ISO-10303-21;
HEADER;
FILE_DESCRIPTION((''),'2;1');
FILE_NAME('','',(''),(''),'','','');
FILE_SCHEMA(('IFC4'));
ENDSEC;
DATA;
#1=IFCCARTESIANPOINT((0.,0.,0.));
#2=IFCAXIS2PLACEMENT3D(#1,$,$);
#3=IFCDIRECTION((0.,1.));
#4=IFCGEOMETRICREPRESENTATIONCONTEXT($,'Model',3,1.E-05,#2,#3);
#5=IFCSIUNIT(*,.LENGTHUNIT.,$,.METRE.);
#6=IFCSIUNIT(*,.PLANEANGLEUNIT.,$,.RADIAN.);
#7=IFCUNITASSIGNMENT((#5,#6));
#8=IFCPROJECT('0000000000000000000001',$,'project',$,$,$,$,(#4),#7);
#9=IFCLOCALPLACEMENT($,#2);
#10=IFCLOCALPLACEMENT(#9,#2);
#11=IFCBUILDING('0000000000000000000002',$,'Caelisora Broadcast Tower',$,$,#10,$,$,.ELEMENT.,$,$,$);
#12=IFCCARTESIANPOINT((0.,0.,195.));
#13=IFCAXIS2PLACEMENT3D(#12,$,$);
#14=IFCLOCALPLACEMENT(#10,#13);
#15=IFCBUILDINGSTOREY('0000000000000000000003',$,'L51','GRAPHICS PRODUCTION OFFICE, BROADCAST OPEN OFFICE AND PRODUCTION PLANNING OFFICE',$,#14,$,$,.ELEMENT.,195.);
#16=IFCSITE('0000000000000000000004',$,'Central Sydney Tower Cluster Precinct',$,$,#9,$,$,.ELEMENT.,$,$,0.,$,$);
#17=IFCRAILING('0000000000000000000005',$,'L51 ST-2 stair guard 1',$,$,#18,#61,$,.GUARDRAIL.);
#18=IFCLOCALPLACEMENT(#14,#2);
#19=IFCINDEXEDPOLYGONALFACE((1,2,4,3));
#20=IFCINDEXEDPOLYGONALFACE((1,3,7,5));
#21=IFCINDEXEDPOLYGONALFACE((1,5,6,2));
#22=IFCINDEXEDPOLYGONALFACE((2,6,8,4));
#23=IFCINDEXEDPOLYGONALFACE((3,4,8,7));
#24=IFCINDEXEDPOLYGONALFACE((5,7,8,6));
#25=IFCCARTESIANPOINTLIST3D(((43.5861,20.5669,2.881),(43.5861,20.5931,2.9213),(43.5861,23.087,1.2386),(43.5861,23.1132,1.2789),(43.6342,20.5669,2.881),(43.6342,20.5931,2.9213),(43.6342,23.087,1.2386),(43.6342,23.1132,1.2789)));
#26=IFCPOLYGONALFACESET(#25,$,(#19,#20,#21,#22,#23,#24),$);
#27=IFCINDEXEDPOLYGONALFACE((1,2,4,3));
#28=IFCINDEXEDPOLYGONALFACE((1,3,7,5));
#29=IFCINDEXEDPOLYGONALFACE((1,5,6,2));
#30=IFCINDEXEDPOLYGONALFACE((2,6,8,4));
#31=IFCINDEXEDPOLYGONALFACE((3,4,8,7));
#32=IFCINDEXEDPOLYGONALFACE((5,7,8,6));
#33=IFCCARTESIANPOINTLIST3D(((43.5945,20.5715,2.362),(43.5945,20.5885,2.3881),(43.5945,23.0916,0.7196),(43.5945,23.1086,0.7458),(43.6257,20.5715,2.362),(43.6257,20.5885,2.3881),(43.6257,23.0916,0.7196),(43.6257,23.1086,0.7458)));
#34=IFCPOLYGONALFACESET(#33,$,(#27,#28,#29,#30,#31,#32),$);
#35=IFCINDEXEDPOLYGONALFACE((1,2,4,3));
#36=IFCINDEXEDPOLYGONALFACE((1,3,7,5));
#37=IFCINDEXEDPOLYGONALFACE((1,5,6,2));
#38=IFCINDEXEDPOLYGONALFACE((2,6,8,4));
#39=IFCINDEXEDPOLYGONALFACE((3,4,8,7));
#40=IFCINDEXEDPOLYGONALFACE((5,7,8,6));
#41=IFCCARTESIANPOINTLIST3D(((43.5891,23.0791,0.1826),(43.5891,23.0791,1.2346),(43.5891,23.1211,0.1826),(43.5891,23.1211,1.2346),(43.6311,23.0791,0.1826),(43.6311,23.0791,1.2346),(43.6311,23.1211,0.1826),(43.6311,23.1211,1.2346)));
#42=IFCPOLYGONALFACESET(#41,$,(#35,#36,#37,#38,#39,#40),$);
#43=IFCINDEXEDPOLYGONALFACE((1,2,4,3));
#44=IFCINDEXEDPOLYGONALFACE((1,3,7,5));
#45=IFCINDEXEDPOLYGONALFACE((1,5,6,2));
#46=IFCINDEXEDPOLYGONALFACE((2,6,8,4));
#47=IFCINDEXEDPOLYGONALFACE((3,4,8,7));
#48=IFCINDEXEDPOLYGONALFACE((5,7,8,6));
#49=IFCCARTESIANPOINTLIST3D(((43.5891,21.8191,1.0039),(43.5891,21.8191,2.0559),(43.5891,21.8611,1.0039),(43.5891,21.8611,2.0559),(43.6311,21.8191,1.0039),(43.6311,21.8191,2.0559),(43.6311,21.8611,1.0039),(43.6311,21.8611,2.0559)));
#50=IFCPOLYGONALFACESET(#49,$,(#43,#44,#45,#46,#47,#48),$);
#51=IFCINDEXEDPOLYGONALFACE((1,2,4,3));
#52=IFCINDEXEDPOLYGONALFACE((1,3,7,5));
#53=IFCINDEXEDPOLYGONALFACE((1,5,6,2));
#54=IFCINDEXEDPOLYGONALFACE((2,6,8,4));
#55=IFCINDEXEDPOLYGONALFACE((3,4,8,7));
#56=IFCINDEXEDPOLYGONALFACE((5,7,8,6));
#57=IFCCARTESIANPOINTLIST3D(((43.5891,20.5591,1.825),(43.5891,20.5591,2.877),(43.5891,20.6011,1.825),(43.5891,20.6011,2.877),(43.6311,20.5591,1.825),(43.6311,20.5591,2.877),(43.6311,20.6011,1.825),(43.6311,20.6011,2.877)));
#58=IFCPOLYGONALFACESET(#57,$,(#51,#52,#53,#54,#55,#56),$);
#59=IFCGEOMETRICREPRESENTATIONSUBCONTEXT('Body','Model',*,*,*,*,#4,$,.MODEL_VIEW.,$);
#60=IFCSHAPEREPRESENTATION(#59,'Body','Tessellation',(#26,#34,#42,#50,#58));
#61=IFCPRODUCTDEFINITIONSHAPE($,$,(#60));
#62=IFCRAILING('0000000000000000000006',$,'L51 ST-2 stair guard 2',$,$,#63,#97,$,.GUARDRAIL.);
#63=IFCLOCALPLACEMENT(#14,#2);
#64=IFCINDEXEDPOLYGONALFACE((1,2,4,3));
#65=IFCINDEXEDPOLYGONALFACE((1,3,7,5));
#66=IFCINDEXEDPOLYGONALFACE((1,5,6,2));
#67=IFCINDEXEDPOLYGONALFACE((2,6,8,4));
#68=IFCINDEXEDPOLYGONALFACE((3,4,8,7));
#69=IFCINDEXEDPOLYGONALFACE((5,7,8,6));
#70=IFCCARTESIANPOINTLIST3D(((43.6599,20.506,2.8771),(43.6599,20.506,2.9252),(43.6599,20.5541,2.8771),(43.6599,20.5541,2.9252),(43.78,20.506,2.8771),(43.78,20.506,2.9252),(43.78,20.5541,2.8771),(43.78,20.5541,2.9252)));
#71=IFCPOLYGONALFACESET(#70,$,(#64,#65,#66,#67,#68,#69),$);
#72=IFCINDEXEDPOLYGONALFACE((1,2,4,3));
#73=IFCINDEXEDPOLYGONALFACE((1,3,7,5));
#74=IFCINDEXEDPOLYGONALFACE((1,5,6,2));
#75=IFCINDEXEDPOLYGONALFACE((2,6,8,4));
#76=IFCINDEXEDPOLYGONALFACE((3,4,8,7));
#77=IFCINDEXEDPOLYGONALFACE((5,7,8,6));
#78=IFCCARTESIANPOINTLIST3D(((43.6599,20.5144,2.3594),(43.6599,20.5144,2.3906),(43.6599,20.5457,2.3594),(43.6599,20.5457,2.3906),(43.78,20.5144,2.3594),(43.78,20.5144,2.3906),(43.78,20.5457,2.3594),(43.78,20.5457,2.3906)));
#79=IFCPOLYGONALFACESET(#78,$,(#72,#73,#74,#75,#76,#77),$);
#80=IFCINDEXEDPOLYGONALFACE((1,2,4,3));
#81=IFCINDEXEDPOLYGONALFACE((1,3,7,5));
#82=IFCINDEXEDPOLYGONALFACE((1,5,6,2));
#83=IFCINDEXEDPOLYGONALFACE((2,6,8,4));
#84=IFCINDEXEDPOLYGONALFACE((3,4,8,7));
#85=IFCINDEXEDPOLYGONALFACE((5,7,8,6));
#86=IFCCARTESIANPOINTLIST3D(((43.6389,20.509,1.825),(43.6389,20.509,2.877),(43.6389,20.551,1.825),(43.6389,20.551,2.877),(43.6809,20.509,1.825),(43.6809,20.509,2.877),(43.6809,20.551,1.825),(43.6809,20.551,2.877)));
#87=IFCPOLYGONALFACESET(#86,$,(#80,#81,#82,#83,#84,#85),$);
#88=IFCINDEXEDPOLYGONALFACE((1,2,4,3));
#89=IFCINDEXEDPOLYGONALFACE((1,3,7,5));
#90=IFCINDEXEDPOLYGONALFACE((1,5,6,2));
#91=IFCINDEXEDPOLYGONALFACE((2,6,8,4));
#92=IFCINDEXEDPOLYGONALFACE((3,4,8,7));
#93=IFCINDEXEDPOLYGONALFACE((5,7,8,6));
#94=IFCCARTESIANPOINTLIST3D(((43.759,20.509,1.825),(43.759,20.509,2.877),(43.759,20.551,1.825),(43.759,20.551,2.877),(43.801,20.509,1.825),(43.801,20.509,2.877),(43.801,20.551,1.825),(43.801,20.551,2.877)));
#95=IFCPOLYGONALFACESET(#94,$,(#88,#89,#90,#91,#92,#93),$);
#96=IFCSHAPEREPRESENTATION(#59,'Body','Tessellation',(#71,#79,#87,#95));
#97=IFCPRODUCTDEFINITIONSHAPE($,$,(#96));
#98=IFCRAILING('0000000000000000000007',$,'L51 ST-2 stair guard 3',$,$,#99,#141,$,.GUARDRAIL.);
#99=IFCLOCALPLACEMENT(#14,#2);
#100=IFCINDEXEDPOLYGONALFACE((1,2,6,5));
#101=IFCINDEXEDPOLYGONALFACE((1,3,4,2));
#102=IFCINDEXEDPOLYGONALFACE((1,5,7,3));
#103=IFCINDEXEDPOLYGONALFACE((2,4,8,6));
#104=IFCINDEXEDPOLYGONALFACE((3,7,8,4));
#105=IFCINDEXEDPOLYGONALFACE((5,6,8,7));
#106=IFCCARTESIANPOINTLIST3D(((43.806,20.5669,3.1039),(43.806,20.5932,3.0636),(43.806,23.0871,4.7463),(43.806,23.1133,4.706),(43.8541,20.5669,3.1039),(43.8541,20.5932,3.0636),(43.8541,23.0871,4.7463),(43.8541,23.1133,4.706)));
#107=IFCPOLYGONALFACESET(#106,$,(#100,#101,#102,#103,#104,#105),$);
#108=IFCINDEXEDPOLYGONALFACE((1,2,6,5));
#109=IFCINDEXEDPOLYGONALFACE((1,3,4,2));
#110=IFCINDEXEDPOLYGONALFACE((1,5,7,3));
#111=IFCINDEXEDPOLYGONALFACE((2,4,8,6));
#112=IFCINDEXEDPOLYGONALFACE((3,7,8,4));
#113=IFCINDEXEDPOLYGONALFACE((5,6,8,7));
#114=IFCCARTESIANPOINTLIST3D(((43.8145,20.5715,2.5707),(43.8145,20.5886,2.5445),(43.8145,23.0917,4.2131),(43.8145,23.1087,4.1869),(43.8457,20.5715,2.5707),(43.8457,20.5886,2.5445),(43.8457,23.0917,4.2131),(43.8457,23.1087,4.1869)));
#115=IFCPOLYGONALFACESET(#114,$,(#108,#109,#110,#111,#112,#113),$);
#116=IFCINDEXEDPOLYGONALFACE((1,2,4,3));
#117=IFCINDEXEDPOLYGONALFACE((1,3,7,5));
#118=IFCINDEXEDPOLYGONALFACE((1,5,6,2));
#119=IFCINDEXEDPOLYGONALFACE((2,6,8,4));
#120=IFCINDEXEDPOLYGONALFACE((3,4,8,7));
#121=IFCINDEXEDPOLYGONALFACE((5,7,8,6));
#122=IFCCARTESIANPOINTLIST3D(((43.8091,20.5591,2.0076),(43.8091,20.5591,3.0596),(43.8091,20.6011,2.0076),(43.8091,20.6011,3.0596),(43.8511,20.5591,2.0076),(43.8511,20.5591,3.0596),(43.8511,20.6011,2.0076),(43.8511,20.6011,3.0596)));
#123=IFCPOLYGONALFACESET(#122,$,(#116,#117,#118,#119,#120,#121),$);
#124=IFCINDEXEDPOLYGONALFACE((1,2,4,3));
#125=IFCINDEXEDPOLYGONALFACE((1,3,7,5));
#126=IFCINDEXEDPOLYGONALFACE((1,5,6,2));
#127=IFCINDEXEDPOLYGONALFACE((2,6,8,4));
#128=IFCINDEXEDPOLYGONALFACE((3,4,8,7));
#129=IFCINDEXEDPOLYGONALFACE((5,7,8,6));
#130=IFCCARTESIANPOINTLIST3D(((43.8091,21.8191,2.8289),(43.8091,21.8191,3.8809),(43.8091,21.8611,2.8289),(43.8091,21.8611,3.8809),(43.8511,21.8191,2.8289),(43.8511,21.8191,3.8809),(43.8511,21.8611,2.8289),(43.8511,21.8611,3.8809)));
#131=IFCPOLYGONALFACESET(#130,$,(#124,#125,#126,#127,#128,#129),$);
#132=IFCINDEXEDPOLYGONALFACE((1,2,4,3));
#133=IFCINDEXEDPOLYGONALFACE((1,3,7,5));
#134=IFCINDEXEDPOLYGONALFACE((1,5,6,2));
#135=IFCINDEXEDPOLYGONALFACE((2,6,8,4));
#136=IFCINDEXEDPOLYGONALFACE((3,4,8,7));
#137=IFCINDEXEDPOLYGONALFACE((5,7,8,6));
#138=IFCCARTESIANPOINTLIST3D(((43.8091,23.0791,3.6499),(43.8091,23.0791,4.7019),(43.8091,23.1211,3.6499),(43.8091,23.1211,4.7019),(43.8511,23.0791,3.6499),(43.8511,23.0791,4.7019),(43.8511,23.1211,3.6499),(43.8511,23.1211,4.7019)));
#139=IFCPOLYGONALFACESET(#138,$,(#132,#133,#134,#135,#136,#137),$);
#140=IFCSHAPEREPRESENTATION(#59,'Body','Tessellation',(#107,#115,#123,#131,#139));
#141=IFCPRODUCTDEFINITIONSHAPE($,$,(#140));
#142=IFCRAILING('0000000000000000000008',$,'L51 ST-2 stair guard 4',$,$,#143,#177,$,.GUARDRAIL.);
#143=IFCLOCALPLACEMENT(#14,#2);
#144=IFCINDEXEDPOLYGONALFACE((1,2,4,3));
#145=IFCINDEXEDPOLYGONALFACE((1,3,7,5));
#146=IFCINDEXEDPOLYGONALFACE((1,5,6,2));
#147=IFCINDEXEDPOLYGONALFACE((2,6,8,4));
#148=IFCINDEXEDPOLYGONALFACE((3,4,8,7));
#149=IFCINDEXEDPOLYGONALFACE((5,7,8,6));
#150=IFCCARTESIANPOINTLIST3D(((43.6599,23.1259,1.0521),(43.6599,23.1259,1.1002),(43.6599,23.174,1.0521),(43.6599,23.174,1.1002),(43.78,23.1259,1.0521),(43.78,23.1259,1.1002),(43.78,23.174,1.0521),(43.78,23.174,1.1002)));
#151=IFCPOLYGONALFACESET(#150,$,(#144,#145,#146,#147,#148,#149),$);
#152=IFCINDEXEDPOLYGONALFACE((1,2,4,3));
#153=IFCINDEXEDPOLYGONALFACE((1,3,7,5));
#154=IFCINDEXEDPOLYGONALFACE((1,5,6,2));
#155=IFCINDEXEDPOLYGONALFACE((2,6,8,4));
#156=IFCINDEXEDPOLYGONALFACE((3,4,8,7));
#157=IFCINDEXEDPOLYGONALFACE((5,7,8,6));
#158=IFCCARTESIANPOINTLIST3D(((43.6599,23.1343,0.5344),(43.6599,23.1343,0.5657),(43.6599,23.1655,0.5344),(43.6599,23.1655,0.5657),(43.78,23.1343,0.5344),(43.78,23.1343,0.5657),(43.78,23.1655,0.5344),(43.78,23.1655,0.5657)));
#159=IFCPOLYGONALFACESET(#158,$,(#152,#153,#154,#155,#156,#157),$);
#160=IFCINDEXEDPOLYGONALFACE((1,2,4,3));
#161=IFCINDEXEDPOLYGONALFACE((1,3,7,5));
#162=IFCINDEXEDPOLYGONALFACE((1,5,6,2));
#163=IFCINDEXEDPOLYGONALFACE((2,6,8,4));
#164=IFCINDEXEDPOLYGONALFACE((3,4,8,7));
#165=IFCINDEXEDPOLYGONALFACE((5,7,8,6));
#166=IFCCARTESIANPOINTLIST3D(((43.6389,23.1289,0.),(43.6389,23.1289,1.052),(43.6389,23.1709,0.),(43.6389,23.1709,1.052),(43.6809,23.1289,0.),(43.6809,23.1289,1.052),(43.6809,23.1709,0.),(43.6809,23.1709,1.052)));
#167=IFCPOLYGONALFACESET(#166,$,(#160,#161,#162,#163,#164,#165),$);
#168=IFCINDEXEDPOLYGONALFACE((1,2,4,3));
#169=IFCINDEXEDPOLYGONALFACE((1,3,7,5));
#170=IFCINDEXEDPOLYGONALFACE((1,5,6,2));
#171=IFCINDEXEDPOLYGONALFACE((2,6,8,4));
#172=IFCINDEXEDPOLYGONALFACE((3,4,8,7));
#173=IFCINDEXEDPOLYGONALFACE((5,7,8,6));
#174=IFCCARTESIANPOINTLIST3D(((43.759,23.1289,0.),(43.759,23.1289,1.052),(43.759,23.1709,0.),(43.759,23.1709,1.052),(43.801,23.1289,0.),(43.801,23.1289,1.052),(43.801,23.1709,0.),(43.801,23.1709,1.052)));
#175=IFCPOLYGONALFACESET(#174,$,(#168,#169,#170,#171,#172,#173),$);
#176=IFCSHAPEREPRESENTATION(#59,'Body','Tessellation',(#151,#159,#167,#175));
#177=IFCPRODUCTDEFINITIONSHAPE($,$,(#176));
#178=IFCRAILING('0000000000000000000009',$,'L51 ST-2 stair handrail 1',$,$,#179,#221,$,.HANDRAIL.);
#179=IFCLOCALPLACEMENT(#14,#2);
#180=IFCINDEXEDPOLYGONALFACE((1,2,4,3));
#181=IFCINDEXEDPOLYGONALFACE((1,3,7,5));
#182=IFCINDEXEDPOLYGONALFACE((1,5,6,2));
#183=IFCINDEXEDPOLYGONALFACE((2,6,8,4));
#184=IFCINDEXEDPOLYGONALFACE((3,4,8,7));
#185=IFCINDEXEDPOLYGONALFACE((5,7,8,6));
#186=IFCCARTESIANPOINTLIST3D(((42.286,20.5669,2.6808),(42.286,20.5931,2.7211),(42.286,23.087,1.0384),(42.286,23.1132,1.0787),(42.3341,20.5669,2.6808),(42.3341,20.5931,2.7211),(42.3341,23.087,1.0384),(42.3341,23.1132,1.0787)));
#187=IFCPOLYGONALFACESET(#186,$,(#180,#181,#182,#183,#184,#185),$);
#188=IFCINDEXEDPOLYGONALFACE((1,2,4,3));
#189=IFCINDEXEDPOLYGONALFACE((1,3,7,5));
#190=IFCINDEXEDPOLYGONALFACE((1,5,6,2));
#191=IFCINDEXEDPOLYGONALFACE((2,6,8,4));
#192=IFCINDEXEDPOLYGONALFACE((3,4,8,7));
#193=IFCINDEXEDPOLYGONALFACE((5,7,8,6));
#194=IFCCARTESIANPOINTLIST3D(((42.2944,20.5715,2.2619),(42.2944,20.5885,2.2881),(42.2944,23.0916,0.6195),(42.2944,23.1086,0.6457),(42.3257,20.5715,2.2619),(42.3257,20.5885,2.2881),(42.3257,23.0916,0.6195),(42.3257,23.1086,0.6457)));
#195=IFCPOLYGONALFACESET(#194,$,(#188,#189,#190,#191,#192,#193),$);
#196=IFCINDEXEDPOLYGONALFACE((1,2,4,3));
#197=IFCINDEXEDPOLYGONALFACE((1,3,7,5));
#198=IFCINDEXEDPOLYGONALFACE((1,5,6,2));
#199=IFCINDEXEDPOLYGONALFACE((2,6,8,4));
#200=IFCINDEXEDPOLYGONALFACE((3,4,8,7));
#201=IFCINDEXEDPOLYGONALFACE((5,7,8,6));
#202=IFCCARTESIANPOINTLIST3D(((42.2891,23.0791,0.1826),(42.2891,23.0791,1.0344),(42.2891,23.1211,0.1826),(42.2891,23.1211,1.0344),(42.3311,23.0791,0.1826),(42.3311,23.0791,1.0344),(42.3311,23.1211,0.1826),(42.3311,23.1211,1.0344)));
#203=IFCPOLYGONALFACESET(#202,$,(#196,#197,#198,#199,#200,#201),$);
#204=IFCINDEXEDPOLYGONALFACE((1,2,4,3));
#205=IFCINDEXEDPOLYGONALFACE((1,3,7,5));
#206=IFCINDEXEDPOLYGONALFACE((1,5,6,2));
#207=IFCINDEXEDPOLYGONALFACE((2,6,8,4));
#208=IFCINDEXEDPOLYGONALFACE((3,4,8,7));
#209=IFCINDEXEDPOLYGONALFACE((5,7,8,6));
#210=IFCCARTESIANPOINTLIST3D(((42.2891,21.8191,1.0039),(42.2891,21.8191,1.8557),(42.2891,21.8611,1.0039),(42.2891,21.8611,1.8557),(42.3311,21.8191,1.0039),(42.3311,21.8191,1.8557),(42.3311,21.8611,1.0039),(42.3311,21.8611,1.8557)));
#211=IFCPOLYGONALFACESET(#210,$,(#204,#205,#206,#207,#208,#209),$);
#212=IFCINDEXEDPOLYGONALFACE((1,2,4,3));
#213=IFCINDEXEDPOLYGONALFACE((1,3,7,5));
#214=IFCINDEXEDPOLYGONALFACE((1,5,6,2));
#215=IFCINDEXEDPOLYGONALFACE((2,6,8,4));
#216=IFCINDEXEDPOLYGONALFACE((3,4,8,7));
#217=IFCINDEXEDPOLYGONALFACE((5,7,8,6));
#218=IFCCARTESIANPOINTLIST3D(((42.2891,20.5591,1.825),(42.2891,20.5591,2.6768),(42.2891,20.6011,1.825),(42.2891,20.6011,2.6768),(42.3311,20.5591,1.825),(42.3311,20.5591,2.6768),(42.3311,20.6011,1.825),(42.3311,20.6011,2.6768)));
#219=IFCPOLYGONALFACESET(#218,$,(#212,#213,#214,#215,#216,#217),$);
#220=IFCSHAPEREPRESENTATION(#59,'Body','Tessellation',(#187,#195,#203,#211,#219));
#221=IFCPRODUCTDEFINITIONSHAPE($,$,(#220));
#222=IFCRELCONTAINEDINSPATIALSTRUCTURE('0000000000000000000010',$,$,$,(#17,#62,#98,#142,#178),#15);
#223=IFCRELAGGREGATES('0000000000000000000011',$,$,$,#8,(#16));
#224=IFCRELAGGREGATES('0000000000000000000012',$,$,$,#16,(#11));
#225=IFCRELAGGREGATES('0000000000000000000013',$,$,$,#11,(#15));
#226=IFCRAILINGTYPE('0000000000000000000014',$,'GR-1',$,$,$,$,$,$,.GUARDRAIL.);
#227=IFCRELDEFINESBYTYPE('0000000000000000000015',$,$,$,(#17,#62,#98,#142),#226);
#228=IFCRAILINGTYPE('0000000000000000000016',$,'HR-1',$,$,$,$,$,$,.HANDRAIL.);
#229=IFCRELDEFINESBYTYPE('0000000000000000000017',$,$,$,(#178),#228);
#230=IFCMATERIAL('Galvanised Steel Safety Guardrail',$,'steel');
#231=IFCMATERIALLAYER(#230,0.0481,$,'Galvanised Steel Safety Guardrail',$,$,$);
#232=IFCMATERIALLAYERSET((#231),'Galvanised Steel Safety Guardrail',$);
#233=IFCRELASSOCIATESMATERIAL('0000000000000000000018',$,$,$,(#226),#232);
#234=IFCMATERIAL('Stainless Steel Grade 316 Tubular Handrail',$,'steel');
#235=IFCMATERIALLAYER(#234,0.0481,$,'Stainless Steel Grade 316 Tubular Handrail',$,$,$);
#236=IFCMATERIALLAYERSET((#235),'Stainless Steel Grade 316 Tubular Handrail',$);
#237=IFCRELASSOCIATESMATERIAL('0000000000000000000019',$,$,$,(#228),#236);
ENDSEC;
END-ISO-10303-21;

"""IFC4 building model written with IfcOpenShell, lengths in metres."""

from ifc_helpers import new_model, si_unit, direction, frame, origin, origin_2d, place, context, subcontext, project, spatial, rectangle, extrude, material, layer, layer_set, type_object, element, save


model = new_model("IFC4")

# Units and contexts
model_context = context("Model", 3, precision=1e-05, world=origin(), true_north=direction((0.0, 1.0)))
body_context = subcontext(model_context, "Body", "Model", "MODEL_VIEW")
ifc_project = project(units=[si_unit("LENGTHUNIT", "METRE"), si_unit("PLANEANGLEUNIT", "RADIAN")], contexts=[model_context])

# Site, building, storey
site_placement = place(None, origin())
site = spatial("IfcSite", under=ifc_project, at=site_placement, Name="Central Sydney Tower Cluster Precinct", CompositionType="ELEMENT", RefElevation=0.0)
building_placement = place(site_placement, origin())
building = spatial("IfcBuilding", under=site, at=building_placement, Name="Caelisora Broadcast Tower", CompositionType="ELEMENT")
storey_placement = place(building_placement, frame((0.0, 0.0, 195.0)))
storey = spatial("IfcBuildingStorey", under=building, at=storey_placement, Name="L51", Description="GRAPHICS PRODUCTION OFFICE, BROADCAST OPEN OFFICE AND PRODUCTION PLANNING OFFICE", CompositionType="ELEMENT", Elevation=195.0)

# Railings
ifc_material_1 = material(Name="Galvanised Steel Safety Guardrail", Category="steel")
ifc_layer_1 = layer(ifc_material_1, 0.0481, Name="Galvanised Steel Safety Guardrail")
ifc_layer_set_1 = layer_set([ifc_layer_1], Name="Galvanised Steel Safety Guardrail")
railing_type_1 = type_object("IfcRailingType", Name="GR-1", PredefinedType="GUARDRAIL", material=ifc_layer_set_1)
railing_1_placement = place(storey_placement, frame((43.6101, 23.1001, 0.1826)))
element("IfcRailing", 1, at=railing_1_placement, inside=storey, type_object=railing_type_1, Name="L51 ST-2 stair guard 1", PredefinedType="GUARDRAIL", context=body_context, shape_type="SweptSolid", body=[
    extrude(rectangle(XDim=0.0481, YDim=0.0481, at=origin_2d()), frame((0.0, 0.0, 1.0762), z_axis=(0.0, -0.837787, 0.545998), x_axis=(1.0, 0.0, 0.0)), (0.0, 0.0, 1.0), 3.0081),
    extrude(rectangle(XDim=0.0312, YDim=0.0312, at=origin_2d()), frame((0.0, 0.0, 0.55), z_axis=(0.0, -0.837787, 0.545998), x_axis=(1.0, 0.0, 0.0)), (0.0, 0.0, 1.0), 3.0081),
    extrude(rectangle(XDim=0.042, YDim=0.042, at=origin_2d()), origin(), (0.0, 0.0, 1.0), 1.052),
    extrude(rectangle(XDim=0.042, YDim=0.042, at=origin_2d()), frame((0.0, -1.26, 0.8213)), (0.0, 0.0, 1.0), 1.052),
    extrude(rectangle(XDim=0.042, YDim=0.042, at=origin_2d()), frame((0.0, -2.52, 1.6423)), (0.0, 0.0, 1.0), 1.052),
])
railing_2_placement = place(storey_placement, frame((43.6599, 20.53, 1.825)))
element("IfcRailing", 2, at=railing_2_placement, inside=storey, type_object=railing_type_1, Name="L51 ST-2 stair guard 2", PredefinedType="GUARDRAIL", context=body_context, shape_type="SweptSolid", body=[
    extrude(rectangle(XDim=0.0481, YDim=0.0481, at=origin_2d()), frame((0.0, 0.0, 1.0762), z_axis=(1.0, 0.0, 0.0), x_axis=(0.0, 1.0, 0.0)), (0.0, 0.0, 1.0), 0.1201),
    extrude(rectangle(XDim=0.0312, YDim=0.0312, at=origin_2d()), frame((0.0, 0.0, 0.55), z_axis=(1.0, 0.0, 0.0), x_axis=(0.0, 1.0, 0.0)), (0.0, 0.0, 1.0), 0.1201),
    extrude(rectangle(XDim=0.042, YDim=0.042, at=origin_2d()), origin(), (0.0, 0.0, 1.0), 1.052),
    extrude(rectangle(XDim=0.042, YDim=0.042, at=origin_2d()), frame((0.1201, 0.0, 0.0)), (0.0, 0.0, 1.0), 1.052),
])
railing_3_placement = place(storey_placement, frame((43.8301, 20.5801, 2.0076)))
element("IfcRailing", 3, at=railing_3_placement, inside=storey, type_object=railing_type_1, Name="L51 ST-2 stair guard 3", PredefinedType="GUARDRAIL", context=body_context, shape_type="SweptSolid", body=[
    extrude(rectangle(XDim=0.0481, YDim=0.0481, at=origin_2d()), frame((0.0, 0.0, 1.0762), z_axis=(0.0, 0.837787, 0.545998), x_axis=(-1.0, 0.0, 0.0)), (0.0, 0.0, 1.0), 3.0081),
    extrude(rectangle(XDim=0.0312, YDim=0.0312, at=origin_2d()), frame((0.0, 0.0, 0.55), z_axis=(0.0, 0.837787, 0.545998), x_axis=(-1.0, 0.0, 0.0)), (0.0, 0.0, 1.0), 3.0081),
    extrude(rectangle(XDim=0.042, YDim=0.042, at=origin_2d()), origin(), (0.0, 0.0, 1.0), 1.052),
    extrude(rectangle(XDim=0.042, YDim=0.042, at=origin_2d()), frame((0.0, 1.26, 0.8213)), (0.0, 0.0, 1.0), 1.052),
    extrude(rectangle(XDim=0.042, YDim=0.042, at=origin_2d()), frame((0.0, 2.52, 1.6423)), (0.0, 0.0, 1.0), 1.052),
])
railing_4_placement = place(storey_placement, frame((43.6599, 23.1499, 0.0)))
element("IfcRailing", 4, at=railing_4_placement, inside=storey, type_object=railing_type_1, Name="L51 ST-2 stair guard 4", PredefinedType="GUARDRAIL", context=body_context, shape_type="SweptSolid", body=[
    extrude(rectangle(XDim=0.0481, YDim=0.0481, at=origin_2d()), frame((0.0, 0.0, 1.0762), z_axis=(1.0, 0.0, 0.0), x_axis=(0.0, 1.0, 0.0)), (0.0, 0.0, 1.0), 0.1201),
    extrude(rectangle(XDim=0.0312, YDim=0.0312, at=origin_2d()), frame((0.0, 0.0, 0.55), z_axis=(1.0, 0.0, 0.0), x_axis=(0.0, 1.0, 0.0)), (0.0, 0.0, 1.0), 0.1201),
    extrude(rectangle(XDim=0.042, YDim=0.042, at=origin_2d()), origin(), (0.0, 0.0, 1.0), 1.052),
    extrude(rectangle(XDim=0.042, YDim=0.042, at=origin_2d()), frame((0.1201, 0.0, 0.0)), (0.0, 0.0, 1.0), 1.052),
])
ifc_material_2 = material(Name="Stainless Steel Grade 316 Tubular Handrail", Category="steel")
ifc_layer_2 = layer(ifc_material_2, 0.0481, Name="Stainless Steel Grade 316 Tubular Handrail")
ifc_layer_set_2 = layer_set([ifc_layer_2], Name="Stainless Steel Grade 316 Tubular Handrail")
railing_type_2 = type_object("IfcRailingType", Name="HR-1", PredefinedType="HANDRAIL", material=ifc_layer_set_2)
railing_5_placement = place(storey_placement, frame((42.3101, 23.1001, 0.1826)))
element("IfcRailing", 5, at=railing_5_placement, inside=storey, type_object=railing_type_2, Name="L51 ST-2 stair handrail 1", PredefinedType="HANDRAIL", context=body_context, shape_type="SweptSolid", body=[
    extrude(rectangle(XDim=0.0481, YDim=0.0481, at=origin_2d()), frame((0.0, 0.0, 0.876), z_axis=(0.0, -0.837787, 0.545998), x_axis=(1.0, 0.0, 0.0)), (0.0, 0.0, 1.0), 3.0081),
    extrude(rectangle(XDim=0.0312, YDim=0.0312, at=origin_2d()), frame((0.0, 0.0, 0.45), z_axis=(0.0, -0.837787, 0.545998), x_axis=(1.0, 0.0, 0.0)), (0.0, 0.0, 1.0), 3.0081),
    extrude(rectangle(XDim=0.042, YDim=0.042, at=origin_2d()), origin(), (0.0, 0.0, 1.0), 0.8518),
    extrude(rectangle(XDim=0.042, YDim=0.042, at=origin_2d()), frame((0.0, -1.26, 0.8213)), (0.0, 0.0, 1.0), 0.8518),
    extrude(rectangle(XDim=0.042, YDim=0.042, at=origin_2d()), frame((0.0, -2.52, 1.6423)), (0.0, 0.0, 1.0), 0.8518),
])

save(model, "model.ifc")
